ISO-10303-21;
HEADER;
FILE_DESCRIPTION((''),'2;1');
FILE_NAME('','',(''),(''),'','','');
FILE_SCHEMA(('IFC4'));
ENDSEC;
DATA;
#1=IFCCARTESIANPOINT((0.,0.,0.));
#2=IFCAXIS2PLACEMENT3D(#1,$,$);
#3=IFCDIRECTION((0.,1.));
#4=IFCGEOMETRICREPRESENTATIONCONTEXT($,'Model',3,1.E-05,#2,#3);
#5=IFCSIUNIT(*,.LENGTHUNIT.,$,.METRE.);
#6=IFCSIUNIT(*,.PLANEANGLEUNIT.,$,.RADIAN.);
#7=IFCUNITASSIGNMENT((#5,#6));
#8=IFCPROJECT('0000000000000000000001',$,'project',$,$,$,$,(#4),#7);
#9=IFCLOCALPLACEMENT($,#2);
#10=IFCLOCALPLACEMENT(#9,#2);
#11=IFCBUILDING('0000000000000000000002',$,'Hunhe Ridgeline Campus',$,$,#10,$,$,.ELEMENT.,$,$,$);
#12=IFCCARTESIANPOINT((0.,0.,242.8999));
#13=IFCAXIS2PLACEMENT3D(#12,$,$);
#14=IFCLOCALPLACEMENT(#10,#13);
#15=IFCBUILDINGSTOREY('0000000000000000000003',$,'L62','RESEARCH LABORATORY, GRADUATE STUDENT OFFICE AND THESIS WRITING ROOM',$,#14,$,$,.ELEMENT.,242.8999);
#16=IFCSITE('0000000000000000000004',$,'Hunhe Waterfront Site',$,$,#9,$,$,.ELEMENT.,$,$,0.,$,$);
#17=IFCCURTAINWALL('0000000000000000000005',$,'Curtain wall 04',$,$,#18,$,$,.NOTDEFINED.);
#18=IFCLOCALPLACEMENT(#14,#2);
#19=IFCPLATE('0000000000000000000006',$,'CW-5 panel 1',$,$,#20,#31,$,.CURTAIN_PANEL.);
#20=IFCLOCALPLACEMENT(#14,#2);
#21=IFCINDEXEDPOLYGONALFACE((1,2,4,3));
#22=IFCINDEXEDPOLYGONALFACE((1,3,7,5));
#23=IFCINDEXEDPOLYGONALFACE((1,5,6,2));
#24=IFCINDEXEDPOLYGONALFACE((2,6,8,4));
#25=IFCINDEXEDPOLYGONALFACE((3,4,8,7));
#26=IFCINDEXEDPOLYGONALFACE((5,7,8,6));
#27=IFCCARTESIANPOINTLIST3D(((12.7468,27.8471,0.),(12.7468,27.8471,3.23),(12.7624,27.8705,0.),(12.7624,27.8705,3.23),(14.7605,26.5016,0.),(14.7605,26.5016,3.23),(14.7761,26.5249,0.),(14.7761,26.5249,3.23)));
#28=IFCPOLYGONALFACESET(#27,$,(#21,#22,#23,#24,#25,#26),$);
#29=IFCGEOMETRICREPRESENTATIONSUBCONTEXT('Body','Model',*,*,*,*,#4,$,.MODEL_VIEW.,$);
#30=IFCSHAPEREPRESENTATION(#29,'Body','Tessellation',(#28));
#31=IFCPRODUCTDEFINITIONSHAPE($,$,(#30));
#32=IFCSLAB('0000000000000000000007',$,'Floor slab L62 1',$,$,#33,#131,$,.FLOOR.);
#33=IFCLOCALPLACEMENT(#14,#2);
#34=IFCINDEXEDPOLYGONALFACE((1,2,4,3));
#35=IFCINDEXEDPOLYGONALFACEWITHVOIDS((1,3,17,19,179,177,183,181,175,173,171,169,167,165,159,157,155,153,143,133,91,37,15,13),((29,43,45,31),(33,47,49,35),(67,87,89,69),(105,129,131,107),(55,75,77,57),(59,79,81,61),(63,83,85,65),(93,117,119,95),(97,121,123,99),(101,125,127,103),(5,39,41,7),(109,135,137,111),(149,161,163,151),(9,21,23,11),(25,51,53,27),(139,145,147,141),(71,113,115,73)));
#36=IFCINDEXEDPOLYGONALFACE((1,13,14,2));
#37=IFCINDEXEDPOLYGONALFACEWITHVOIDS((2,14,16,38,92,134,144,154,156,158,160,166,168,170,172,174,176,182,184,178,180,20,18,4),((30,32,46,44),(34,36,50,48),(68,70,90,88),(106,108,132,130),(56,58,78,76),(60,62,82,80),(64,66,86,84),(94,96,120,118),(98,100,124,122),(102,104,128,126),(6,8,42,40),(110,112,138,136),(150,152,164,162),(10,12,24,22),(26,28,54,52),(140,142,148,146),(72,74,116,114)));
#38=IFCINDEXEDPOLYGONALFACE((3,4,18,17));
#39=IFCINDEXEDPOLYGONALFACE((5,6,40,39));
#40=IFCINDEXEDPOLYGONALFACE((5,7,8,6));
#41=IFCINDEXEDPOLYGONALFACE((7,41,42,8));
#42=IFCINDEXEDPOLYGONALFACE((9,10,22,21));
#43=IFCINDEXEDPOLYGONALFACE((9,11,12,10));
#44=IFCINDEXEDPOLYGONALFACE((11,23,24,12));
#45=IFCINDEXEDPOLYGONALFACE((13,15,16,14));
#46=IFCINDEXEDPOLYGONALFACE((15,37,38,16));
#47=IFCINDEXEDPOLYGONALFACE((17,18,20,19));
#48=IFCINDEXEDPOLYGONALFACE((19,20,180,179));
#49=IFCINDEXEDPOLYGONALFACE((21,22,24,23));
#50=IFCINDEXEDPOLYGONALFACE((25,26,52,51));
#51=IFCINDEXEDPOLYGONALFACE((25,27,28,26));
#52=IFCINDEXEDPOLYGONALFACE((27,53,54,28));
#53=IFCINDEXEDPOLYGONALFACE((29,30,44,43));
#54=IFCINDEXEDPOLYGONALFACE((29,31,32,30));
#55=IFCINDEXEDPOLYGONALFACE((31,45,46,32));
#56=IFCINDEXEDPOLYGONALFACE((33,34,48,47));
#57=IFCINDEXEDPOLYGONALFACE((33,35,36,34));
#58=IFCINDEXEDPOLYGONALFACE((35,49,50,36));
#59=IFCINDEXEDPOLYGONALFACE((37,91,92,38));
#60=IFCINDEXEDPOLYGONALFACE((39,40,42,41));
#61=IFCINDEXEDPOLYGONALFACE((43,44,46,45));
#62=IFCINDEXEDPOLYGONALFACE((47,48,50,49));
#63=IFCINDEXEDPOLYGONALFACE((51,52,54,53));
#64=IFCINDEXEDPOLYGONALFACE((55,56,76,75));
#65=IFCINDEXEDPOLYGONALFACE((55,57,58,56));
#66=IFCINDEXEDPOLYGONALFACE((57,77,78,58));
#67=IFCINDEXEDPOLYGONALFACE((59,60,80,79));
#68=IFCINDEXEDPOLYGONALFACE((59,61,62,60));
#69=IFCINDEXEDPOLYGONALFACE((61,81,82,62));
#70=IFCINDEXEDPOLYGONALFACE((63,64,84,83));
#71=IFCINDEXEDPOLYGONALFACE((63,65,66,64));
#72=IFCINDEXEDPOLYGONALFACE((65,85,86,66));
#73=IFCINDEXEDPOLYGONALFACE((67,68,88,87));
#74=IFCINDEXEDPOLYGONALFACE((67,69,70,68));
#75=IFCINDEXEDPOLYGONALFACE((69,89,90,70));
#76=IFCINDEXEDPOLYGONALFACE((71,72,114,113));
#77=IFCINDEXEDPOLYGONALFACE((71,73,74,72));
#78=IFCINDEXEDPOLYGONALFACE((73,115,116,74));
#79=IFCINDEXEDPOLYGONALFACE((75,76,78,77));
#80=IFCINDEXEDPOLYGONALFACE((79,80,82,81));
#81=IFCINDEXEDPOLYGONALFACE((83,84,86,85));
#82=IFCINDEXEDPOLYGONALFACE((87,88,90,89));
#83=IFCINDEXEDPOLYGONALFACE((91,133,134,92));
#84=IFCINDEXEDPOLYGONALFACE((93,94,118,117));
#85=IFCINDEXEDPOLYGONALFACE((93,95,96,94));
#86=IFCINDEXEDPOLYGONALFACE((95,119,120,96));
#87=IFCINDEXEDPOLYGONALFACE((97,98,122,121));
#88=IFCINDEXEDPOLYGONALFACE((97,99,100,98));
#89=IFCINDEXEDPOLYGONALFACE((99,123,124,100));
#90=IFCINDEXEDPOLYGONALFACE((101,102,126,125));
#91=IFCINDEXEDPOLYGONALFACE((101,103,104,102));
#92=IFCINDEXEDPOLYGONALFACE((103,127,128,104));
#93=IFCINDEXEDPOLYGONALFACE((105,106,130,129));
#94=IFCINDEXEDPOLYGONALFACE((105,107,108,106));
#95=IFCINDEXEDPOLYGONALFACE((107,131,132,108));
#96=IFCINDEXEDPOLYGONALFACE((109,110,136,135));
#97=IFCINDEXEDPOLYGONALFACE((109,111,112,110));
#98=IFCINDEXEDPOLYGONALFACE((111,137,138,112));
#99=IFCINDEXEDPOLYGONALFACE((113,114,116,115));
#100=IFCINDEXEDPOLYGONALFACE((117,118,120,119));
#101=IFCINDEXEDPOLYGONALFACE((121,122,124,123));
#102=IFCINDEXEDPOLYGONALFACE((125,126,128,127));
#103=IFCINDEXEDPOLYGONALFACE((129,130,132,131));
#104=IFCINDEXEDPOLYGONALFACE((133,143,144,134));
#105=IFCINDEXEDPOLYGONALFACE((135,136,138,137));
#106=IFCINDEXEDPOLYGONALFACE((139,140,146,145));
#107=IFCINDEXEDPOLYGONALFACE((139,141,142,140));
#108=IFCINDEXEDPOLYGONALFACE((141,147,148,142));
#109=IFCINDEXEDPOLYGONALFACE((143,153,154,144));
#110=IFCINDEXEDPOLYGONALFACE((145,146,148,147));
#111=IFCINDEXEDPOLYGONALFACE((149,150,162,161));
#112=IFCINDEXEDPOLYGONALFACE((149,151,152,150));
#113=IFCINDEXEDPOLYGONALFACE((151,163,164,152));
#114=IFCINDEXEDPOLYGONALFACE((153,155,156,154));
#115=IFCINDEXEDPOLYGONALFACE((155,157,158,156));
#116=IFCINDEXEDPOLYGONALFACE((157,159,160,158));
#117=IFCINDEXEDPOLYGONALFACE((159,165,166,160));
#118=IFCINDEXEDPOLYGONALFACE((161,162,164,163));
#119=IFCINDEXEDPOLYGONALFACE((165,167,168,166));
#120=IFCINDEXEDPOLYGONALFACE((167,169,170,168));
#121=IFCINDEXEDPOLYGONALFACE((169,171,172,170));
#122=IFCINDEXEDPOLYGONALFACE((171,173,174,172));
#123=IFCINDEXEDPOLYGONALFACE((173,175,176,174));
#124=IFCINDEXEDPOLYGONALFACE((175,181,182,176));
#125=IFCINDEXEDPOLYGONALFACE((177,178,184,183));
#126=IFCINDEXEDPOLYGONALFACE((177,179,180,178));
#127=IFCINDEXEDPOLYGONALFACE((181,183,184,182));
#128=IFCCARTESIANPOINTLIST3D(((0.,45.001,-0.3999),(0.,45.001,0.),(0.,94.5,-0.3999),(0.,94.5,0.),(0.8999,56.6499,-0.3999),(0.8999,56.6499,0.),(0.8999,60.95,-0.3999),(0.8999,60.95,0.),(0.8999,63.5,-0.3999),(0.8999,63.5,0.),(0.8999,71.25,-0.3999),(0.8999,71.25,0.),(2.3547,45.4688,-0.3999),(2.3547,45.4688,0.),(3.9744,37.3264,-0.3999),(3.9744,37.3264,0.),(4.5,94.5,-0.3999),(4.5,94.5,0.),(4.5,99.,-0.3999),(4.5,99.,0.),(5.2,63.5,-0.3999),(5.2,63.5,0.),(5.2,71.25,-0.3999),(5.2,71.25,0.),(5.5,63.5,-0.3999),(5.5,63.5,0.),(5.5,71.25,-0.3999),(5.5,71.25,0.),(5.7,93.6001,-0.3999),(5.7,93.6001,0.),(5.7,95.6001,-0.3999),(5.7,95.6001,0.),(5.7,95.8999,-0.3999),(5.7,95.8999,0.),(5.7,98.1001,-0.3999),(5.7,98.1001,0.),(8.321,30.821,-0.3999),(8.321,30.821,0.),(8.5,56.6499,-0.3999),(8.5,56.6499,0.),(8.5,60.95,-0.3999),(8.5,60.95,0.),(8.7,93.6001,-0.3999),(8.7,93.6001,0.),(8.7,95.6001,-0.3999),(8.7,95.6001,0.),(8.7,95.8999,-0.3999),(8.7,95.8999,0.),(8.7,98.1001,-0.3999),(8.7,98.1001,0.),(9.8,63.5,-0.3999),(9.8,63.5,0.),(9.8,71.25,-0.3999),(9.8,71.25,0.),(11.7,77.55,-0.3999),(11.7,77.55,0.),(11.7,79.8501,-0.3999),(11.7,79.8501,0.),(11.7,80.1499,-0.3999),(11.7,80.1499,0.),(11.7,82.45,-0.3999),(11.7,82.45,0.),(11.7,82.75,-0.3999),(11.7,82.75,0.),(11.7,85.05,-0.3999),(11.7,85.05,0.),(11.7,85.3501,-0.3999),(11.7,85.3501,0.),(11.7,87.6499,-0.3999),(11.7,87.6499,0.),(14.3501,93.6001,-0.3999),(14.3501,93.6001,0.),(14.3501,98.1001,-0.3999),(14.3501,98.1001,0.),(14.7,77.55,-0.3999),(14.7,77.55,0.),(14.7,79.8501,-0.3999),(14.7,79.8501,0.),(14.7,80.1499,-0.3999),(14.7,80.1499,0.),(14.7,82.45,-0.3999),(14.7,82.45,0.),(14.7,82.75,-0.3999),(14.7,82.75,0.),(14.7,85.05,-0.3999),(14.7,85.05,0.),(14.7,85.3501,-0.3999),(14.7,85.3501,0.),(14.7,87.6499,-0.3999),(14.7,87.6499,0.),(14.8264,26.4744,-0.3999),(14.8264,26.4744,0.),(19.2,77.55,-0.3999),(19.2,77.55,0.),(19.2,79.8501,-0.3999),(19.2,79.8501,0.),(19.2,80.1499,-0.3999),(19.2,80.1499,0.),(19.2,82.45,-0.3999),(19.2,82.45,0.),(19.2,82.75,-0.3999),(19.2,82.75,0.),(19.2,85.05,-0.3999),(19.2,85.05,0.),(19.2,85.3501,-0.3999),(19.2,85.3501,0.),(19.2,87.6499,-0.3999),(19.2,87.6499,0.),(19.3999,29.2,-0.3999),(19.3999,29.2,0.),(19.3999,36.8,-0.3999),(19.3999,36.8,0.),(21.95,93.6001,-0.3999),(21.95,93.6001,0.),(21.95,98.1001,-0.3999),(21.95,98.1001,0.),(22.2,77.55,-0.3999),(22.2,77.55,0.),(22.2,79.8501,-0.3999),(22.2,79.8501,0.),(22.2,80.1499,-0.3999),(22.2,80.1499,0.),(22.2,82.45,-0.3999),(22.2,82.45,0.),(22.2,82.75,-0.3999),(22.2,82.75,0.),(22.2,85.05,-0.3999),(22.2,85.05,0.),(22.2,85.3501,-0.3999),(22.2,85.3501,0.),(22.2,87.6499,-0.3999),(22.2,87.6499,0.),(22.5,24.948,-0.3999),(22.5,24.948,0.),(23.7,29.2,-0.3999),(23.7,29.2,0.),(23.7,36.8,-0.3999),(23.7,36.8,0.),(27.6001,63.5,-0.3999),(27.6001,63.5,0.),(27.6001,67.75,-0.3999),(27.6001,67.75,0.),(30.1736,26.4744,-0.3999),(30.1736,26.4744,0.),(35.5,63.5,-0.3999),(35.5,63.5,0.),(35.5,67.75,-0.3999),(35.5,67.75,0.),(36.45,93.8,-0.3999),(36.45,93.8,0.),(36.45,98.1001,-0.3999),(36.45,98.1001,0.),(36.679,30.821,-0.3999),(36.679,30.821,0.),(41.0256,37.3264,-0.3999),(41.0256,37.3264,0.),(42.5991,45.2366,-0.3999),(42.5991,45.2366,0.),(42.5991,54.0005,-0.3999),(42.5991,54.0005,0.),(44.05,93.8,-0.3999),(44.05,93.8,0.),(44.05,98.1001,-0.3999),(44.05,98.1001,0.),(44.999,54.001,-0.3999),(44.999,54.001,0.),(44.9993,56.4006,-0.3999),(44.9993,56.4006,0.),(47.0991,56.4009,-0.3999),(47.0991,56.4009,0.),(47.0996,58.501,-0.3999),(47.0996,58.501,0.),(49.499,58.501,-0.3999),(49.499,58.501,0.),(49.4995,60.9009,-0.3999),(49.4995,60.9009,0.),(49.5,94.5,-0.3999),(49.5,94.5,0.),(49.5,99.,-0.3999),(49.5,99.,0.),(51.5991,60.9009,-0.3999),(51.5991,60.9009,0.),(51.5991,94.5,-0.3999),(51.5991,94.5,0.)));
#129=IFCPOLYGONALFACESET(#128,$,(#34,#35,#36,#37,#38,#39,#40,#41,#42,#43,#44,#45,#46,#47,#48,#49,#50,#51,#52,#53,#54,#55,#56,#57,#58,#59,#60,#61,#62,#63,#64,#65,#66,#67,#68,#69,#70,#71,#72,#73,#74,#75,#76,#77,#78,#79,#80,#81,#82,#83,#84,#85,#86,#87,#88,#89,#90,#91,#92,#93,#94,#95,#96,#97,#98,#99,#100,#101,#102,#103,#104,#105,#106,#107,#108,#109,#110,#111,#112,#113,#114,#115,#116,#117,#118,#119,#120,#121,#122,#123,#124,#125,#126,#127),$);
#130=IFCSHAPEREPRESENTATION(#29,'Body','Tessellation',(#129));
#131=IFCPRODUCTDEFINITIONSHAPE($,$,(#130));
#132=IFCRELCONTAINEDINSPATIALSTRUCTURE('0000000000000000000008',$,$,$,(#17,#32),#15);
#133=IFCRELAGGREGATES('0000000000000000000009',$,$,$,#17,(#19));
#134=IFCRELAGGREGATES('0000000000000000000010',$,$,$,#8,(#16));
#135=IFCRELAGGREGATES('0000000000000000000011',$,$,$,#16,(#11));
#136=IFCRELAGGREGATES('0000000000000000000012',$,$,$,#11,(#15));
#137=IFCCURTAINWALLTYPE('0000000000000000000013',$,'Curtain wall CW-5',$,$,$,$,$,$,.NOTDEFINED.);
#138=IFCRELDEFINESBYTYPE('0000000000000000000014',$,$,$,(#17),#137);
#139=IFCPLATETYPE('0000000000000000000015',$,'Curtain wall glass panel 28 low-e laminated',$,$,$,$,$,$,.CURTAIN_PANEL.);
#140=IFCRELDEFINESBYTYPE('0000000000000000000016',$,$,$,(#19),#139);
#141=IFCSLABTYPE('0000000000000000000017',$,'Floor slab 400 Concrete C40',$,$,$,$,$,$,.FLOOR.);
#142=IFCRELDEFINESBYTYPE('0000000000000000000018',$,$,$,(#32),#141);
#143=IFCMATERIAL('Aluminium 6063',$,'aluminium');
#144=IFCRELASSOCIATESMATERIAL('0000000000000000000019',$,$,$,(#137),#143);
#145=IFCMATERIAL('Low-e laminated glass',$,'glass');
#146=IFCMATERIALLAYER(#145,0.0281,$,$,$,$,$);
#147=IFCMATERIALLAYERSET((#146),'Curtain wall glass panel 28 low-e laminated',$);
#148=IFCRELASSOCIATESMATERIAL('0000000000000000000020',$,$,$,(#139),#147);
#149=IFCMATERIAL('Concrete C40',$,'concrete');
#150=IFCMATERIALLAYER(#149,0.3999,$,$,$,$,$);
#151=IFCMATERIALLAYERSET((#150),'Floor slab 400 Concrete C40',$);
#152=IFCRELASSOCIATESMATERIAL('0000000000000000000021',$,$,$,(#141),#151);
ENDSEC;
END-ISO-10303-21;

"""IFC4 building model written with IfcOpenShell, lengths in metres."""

from ifc_helpers import new_model, si_unit, direction, frame, origin, origin_2d, place, context, subcontext, project, spatial, polyline, rectangle, outline, extrude, material, layer, layer_set, type_object, element, aggregate, save


model = new_model("IFC4")

# Units and contexts
model_context = context("Model", 3, precision=1e-05, world=origin(), true_north=direction((0.0, 1.0)))
body_context = subcontext(model_context, "Body", "Model", "MODEL_VIEW")
ifc_project = project(units=[si_unit("LENGTHUNIT", "METRE"), si_unit("PLANEANGLEUNIT", "RADIAN")], contexts=[model_context])

# Site, building, storey
site_placement = place(None, origin())
site = spatial("IfcSite", under=ifc_project, at=site_placement, Name="Hunhe Waterfront Site", CompositionType="ELEMENT", RefElevation=0.0)
building_placement = place(site_placement, origin())
building = spatial("IfcBuilding", under=site, at=building_placement, Name="Hunhe Ridgeline Campus", CompositionType="ELEMENT")
storey_placement = place(building_placement, frame((0.0, 0.0, 242.8999)))
storey = spatial("IfcBuildingStorey", under=building, at=storey_placement, Name="L62", Description="RESEARCH LABORATORY, GRADUATE STUDENT OFFICE AND THESIS WRITING ROOM", CompositionType="ELEMENT", Elevation=242.8999)

# Shared definitions
ifc_material_1 = material(Name="Aluminium 6063", Category="aluminium")
curtain_wall_type = type_object("IfcCurtainWallType", Name="Curtain wall CW-5", PredefinedType="NOTDEFINED", material=ifc_material_1)

# Curtain wall
curtain_wall_1_placement = place(storey_placement, origin())
curtain_wall_1 = element("IfcCurtainWall", 1, at=curtain_wall_1_placement, inside=storey, type_object=curtain_wall_type, Name="Curtain wall 04", PredefinedType="NOTDEFINED")

# Plate
ifc_material_2 = material(Name="Low-e laminated glass", Category="glass")
ifc_layer_1 = layer(ifc_material_2, 0.0281)
ifc_layer_set_1 = layer_set([ifc_layer_1], Name="Curtain wall glass panel 28 low-e laminated")
plate_type = type_object("IfcPlateType", Name="Curtain wall glass panel 28 low-e laminated", PredefinedType="CURTAIN_PANEL", material=ifc_layer_set_1)
plate_1_placement = place(storey_placement, frame((13.7615, 27.186, 0.0), z_axis=(0.0, 0.0, 1.0), x_axis=(0.83147, -0.55557, 0.0)))
plate_1 = element("IfcPlate", 2, at=plate_1_placement, type_object=plate_type, Name="CW-5 panel 1", PredefinedType="CURTAIN_PANEL", context=body_context, shape_type="SweptSolid", body=[
    extrude(rectangle(XDim=2.4219, YDim=0.0281, at=origin_2d()), origin(), (0.0, 0.0, 1.0), 3.23),
])
aggregate(curtain_wall_1, [plate_1])

# Slab
ifc_material_3 = material(Name="Concrete C40", Category="concrete")
ifc_layer_2 = layer(ifc_material_3, 0.3999)
ifc_layer_set_2 = layer_set([ifc_layer_2], Name="Floor slab 400 Concrete C40")
slab_type_1 = type_object("IfcSlabType", Name="Floor slab 400 Concrete C40", PredefinedType="FLOOR", material=ifc_layer_set_2)
slab_1_placement = place(storey_placement, frame((0.0, 0.0, -0.3999)))
element("IfcSlab", 3, at=slab_1_placement, inside=storey, type_object=slab_type_1, Name="Floor slab L62 1", PredefinedType="FLOOR", context=body_context, shape_type="SweptSolid", body=[
    extrude(outline(polyline([(36.679, 30.821), (41.0256, 37.3264), (42.5991, 45.2366), (42.5991, 54.0005), (44.999, 54.001), (44.9993, 56.4006), (47.0991, 56.4009), (47.0996, 58.501), (49.499, 58.501), (49.4995, 60.9009), (51.5991, 60.9009), (51.5991, 94.5), (49.5, 94.5), (49.5, 99.0), (4.5, 99.0), (4.5, 94.5), (0.0, 94.5), (0.0, 45.001), (2.3547, 45.4688), (3.9744, 37.3264), (8.321, 30.821), (14.8264, 26.4744), (22.5, 24.948), (30.1736, 26.4744), (36.679, 30.821)]), holes=[polyline([(36.45, 98.1001), (36.45, 93.8), (44.05, 93.8), (44.05, 98.1001), (36.45, 98.1001)]), polyline([(27.6001, 63.5), (35.5, 63.5), (35.5, 67.75), (27.6001, 67.75), (27.6001, 63.5)]), polyline([(19.3999, 36.8), (19.3999, 29.2), (23.7, 29.2), (23.7, 36.8), (19.3999, 36.8)]), polyline([(22.2, 87.6499), (19.2, 87.6499), (19.2, 85.3501), (22.2, 85.3501), (22.2, 87.6499)]), polyline([(22.2, 77.55), (22.2, 79.8501), (19.2, 79.8501), (19.2, 77.55), (22.2, 77.55)]), polyline([(19.2, 85.05), (19.2, 82.75), (22.2, 82.75), (22.2, 85.05), (19.2, 85.05)]), polyline([(19.2, 80.1499), (22.2, 80.1499), (22.2, 82.45), (19.2, 82.45), (19.2, 80.1499)]), polyline([(14.3501, 98.1001), (14.3501, 93.6001), (21.95, 93.6001), (21.95, 98.1001), (14.3501, 98.1001)]), polyline([(14.7, 87.6499), (11.7, 87.6499), (11.7, 85.3501), (14.7, 85.3501), (14.7, 87.6499)]), polyline([(14.7, 77.55), (14.7, 79.8501), (11.7, 79.8501), (11.7, 77.55), (14.7, 77.55)]), polyline([(11.7, 85.05), (11.7, 82.75), (14.7, 82.75), (14.7, 85.05), (11.7, 85.05)]), polyline([(11.7, 80.1499), (14.7, 80.1499), (14.7, 82.45), (11.7, 82.45), (11.7, 80.1499)]), polyline([(9.8, 63.5), (9.8, 71.25), (5.5, 71.25), (5.5, 63.5), (9.8, 63.5)]), polyline([(8.7, 93.6001), (8.7, 95.6001), (5.7, 95.6001), (5.7, 93.6001), (8.7, 93.6001)]), polyline([(5.7, 95.8999), (8.7, 95.8999), (8.7, 98.1001), (5.7, 98.1001), (5.7, 95.8999)]), polyline([(0.8999, 60.95), (0.8999, 56.6499), (8.5, 56.6499), (8.5, 60.95), (0.8999, 60.95)]), polyline([(5.2, 71.25), (0.8999, 71.25), (0.8999, 63.5), (5.2, 63.5), (5.2, 71.25)])]), origin(), (0.0, 0.0, 1.0), 0.3999),
])

save(model, "model.ifc")
